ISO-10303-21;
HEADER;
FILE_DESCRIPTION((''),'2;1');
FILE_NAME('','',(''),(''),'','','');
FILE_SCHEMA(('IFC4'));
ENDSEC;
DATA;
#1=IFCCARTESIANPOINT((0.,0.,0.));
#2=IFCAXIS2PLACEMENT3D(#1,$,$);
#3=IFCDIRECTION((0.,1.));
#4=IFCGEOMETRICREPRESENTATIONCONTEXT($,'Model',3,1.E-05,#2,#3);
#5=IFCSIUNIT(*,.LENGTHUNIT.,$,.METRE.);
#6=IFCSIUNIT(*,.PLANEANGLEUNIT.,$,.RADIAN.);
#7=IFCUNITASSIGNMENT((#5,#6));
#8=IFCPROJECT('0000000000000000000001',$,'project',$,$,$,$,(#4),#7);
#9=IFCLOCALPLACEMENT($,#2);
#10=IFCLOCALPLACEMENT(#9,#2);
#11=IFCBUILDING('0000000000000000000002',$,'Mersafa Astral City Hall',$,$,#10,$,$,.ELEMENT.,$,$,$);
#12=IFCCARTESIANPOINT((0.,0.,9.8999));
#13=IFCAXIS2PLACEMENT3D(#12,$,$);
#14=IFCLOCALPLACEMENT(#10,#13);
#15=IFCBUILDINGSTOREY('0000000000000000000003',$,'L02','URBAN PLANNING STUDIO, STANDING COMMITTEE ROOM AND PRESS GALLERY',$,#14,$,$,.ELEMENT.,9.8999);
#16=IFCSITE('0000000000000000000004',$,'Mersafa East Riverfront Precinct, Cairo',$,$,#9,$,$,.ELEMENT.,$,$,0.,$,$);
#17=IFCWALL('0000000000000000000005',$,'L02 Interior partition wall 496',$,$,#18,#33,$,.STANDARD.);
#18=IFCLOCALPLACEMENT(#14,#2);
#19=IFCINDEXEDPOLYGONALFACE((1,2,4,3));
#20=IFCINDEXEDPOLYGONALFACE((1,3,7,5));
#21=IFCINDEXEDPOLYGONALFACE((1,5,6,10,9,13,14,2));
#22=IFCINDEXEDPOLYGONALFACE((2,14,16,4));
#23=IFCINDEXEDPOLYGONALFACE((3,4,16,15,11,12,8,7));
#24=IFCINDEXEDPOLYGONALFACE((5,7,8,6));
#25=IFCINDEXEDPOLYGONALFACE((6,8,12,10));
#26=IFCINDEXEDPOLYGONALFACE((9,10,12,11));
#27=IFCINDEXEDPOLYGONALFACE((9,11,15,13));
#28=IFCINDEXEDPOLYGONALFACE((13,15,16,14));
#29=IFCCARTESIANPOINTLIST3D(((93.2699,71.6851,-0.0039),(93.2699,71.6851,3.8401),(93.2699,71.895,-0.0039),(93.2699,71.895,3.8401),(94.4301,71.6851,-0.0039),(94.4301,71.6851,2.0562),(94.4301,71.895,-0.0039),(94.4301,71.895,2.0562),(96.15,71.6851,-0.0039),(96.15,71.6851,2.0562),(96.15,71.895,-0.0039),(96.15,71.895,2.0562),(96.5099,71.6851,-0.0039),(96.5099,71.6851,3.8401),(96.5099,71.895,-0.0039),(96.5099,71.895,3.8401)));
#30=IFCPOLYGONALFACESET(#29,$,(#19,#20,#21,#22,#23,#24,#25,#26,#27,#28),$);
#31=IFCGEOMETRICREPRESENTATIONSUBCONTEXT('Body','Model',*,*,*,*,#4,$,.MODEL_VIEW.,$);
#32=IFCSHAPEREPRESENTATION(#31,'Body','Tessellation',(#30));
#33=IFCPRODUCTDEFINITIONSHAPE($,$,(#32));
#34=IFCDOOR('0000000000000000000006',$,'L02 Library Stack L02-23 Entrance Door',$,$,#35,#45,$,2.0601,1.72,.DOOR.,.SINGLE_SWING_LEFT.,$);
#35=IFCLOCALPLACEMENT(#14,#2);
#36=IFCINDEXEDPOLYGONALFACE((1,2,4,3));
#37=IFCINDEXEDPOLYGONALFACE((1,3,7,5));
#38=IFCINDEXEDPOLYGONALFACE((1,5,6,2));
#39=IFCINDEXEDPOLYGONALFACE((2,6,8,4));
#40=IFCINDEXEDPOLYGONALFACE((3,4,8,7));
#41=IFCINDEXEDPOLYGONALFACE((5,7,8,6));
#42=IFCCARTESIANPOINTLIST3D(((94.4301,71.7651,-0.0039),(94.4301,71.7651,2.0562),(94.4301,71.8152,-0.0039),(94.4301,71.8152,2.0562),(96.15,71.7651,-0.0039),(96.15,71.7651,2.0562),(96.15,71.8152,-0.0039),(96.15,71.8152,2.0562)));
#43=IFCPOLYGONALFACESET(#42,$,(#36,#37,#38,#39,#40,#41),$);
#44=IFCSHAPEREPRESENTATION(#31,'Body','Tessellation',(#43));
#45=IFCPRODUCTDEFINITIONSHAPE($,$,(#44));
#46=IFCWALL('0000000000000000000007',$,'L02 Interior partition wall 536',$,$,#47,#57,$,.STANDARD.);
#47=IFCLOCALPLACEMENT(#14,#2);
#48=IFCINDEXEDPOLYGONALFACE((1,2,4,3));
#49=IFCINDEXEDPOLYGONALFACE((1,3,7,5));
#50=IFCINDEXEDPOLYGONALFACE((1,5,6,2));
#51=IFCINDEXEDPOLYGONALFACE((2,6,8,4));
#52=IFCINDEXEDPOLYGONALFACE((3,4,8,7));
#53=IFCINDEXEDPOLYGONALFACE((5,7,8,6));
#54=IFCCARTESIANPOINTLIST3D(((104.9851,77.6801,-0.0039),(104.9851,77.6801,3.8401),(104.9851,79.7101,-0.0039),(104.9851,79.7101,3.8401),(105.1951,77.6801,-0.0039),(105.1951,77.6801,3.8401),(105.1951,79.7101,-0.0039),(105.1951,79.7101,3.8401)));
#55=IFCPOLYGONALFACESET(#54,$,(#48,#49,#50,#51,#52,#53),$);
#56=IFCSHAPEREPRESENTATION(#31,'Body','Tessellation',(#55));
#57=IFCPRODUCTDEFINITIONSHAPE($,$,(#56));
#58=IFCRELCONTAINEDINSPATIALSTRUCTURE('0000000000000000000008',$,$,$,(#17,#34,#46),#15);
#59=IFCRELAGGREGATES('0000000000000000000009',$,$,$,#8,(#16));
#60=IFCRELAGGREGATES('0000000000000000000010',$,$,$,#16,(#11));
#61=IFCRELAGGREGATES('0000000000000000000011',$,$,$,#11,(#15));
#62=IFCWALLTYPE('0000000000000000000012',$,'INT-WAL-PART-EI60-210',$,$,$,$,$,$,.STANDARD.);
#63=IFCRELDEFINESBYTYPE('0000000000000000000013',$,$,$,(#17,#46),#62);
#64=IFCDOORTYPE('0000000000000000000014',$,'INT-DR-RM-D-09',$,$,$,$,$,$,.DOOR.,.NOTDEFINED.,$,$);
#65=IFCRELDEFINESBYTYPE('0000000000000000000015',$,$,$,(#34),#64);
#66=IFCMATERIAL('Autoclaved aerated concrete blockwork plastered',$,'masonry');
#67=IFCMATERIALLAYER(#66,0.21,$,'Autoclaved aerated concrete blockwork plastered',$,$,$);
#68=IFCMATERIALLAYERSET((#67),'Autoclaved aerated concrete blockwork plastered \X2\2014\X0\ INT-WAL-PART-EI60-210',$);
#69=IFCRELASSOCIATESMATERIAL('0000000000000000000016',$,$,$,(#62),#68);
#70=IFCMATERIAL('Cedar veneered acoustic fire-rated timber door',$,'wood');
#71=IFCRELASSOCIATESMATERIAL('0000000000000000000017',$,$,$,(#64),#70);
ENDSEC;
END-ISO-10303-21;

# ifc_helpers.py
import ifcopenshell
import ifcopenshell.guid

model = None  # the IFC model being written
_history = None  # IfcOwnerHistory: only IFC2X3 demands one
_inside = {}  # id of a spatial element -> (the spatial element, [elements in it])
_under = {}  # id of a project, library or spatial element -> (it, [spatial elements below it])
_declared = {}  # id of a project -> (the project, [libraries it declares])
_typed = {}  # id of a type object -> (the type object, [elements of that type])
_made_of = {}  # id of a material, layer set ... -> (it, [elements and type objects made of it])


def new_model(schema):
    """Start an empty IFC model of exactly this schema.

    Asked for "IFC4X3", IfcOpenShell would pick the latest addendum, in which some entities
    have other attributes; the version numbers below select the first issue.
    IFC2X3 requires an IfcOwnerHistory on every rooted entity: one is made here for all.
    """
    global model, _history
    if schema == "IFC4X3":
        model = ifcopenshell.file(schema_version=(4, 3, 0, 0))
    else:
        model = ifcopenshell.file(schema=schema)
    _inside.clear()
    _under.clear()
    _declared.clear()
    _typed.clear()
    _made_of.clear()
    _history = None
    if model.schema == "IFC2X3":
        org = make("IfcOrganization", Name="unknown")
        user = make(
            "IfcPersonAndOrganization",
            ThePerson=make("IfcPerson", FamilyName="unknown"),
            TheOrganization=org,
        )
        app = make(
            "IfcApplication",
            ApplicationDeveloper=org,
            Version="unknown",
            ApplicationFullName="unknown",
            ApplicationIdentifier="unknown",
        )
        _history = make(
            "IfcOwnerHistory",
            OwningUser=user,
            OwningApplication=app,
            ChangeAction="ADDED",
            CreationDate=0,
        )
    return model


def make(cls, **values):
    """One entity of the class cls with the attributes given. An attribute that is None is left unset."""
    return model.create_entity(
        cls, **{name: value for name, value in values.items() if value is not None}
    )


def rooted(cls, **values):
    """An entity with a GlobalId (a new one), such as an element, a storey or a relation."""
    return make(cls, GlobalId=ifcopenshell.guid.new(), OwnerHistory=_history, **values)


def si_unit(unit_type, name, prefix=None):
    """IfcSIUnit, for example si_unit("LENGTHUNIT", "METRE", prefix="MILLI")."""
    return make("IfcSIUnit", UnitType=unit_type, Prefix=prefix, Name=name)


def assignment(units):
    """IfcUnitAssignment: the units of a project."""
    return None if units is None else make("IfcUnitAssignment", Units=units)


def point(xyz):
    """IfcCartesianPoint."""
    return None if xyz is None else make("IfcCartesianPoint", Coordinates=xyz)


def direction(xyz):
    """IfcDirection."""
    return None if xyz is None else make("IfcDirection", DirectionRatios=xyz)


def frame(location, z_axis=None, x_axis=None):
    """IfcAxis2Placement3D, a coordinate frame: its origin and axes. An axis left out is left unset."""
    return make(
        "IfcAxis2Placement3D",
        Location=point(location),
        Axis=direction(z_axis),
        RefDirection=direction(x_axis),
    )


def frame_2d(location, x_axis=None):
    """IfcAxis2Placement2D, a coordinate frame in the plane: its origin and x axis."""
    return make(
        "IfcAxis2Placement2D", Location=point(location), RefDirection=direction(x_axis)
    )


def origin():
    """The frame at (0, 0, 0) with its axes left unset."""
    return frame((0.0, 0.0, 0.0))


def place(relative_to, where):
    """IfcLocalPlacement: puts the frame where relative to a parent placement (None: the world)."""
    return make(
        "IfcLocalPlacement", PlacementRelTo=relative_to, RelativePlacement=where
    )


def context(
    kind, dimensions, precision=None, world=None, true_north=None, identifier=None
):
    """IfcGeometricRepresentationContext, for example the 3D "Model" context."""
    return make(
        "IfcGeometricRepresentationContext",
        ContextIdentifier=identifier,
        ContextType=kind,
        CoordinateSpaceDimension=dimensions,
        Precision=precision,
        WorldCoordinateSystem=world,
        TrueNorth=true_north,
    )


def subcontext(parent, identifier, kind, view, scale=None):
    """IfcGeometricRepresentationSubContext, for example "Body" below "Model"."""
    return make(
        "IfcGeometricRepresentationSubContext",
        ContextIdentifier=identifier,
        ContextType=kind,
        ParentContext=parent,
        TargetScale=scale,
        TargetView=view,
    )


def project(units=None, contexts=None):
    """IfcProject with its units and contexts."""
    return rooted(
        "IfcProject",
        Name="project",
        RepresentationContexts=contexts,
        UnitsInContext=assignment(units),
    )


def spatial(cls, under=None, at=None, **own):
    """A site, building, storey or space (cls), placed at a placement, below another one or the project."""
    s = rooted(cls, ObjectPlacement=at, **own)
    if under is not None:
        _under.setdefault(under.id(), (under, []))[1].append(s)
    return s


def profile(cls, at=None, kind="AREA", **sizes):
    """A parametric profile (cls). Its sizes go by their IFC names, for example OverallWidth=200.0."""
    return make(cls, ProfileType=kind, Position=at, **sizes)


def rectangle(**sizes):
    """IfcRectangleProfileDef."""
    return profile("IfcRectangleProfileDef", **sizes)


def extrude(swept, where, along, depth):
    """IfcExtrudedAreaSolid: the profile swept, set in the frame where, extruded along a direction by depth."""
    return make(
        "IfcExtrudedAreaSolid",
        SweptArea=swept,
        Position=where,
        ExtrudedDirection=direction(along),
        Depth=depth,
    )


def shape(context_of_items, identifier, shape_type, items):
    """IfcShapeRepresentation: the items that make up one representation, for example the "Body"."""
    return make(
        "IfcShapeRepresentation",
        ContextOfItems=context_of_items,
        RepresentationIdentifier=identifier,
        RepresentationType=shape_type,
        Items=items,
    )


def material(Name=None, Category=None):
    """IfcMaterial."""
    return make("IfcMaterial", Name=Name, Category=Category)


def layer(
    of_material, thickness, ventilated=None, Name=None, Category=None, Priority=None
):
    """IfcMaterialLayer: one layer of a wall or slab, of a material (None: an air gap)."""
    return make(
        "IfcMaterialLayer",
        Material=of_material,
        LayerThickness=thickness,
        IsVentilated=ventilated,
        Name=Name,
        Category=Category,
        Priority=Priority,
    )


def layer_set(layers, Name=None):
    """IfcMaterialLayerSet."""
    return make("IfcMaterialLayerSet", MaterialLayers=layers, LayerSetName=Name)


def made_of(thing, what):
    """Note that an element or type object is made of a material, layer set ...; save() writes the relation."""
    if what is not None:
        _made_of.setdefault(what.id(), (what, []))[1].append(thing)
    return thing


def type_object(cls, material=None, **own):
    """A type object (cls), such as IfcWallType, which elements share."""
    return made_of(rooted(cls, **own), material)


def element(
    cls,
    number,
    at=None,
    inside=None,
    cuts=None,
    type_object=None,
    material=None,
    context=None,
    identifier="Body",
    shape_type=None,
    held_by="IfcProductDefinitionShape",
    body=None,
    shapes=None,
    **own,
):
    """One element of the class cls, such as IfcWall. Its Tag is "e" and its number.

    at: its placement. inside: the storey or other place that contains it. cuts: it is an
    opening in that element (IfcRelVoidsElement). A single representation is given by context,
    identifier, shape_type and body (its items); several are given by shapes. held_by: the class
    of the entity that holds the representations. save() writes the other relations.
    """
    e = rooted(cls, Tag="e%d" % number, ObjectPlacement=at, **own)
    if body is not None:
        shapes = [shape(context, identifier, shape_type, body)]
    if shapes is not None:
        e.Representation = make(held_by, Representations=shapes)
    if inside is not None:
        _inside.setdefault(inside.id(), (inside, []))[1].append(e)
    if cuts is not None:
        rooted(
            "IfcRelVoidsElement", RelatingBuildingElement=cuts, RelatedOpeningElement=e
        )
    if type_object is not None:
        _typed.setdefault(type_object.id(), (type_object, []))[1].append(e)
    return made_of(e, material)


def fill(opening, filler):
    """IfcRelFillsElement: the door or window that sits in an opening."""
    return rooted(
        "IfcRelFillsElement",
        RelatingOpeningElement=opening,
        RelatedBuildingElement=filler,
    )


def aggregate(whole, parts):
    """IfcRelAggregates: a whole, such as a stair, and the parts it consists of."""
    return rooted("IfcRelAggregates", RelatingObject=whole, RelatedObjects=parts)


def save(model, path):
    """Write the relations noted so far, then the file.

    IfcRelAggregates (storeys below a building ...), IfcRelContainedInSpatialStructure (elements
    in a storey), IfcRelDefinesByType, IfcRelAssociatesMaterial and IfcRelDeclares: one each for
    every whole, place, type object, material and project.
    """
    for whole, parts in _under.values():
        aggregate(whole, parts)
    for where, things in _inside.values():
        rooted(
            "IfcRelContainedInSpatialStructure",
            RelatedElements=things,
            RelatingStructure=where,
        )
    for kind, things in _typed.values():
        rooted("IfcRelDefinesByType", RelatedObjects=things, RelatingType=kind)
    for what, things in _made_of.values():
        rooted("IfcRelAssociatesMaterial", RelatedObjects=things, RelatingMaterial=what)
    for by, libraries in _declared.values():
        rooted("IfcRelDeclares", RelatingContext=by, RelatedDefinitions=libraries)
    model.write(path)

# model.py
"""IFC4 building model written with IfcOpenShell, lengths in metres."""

from ifc_helpers import new_model, si_unit, direction, frame, frame_2d, origin, place, context, subcontext, project, spatial, rectangle, extrude, material, layer, layer_set, type_object, element, fill, save


model = new_model("IFC4")

# Units and contexts
model_context = context("Model", 3, precision=1e-05, world=origin(), true_north=direction((0.0, 1.0)))
body_context = subcontext(model_context, "Body", "Model", "MODEL_VIEW")
ifc_project = project(units=[si_unit("LENGTHUNIT", "METRE"), si_unit("PLANEANGLEUNIT", "RADIAN")], contexts=[model_context])

# Site, building, storey
site_placement = place(None, origin())
site = spatial("IfcSite", under=ifc_project, at=site_placement, Name="Mersafa East Riverfront Precinct, Cairo", CompositionType="ELEMENT", RefElevation=0.0)
building_placement = place(site_placement, origin())
building = spatial("IfcBuilding", under=site, at=building_placement, Name="Mersafa Astral City Hall", CompositionType="ELEMENT")
storey_placement = place(building_placement, frame((0.0, 0.0, 9.8999)))
storey = spatial("IfcBuildingStorey", under=building, at=storey_placement, Name="L02", Description="URBAN PLANNING STUDIO, STANDING COMMITTEE ROOM AND PRESS GALLERY", CompositionType="ELEMENT", Elevation=9.8999)

# Shared definitions
ifc_material_1 = material(Name="Cedar veneered acoustic fire-rated timber door", Category="wood")

# Shared definitions
ifc_material_2 = material(Name="Autoclaved aerated concrete blockwork plastered", Category="masonry")
ifc_layer_1 = layer(ifc_material_2, 0.21, Name="Autoclaved aerated concrete blockwork plastered")
ifc_layer_set_1 = layer_set([ifc_layer_1], Name="Autoclaved aerated concrete blockwork plastered — INT-WAL-PART-EI60-210")
wall_type_1 = type_object("IfcWallType", Name="INT-WAL-PART-EI60-210", PredefinedType="STANDARD", material=ifc_layer_set_1)

# Wall, opening, door
wall_1_placement = place(storey_placement, frame((96.51, 71.79, -0.0039), z_axis=(0.0, 0.0, 1.0), x_axis=(-1.0, 0.0, 0.0)))
wall_1 = element("IfcWall", 1, at=wall_1_placement, inside=storey, type_object=wall_type_1, Name="L02 Interior partition wall 496", PredefinedType="STANDARD", context=body_context, shape_type="SweptSolid", body=[
    extrude(rectangle(XDim=3.24, YDim=0.21, at=frame_2d((1.6201, 0.0))), origin(), (0.0, 0.0, 1.0), 3.844),
])
opening_1_placement = place(wall_1_placement, frame((0.3601, 0.0, 0.0)))
opening_1 = element("IfcOpeningElement", 2, at=opening_1_placement, cuts=wall_1, PredefinedType="OPENING", context=body_context, shape_type="SweptSolid", body=[
    extrude(rectangle(XDim=1.72, YDim=2.0601, at=frame_2d((0.8599, 1.03))), frame((0.0, 0.115, 0.0), z_axis=(0.0, -1.0, 0.0), x_axis=(1.0, 0.0, 0.0)), (0.0, 0.0, 1.0), 0.23),
])
door_type_1 = type_object("IfcDoorType", Name="INT-DR-RM-D-09", OperationType="NOTDEFINED", PredefinedType="DOOR", material=ifc_material_1)
door_1_placement = place(opening_1_placement, origin())
door_1 = element("IfcDoor", 3, at=door_1_placement, inside=storey, type_object=door_type_1, Name="L02 Library Stack L02-23 Entrance Door", OperationType="SINGLE_SWING_LEFT", OverallHeight=2.0601, OverallWidth=1.72, PredefinedType="DOOR", context=body_context, shape_type="SweptSolid", body=[
    extrude(rectangle(XDim=1.72, YDim=2.0601, at=frame_2d((0.8599, 1.03))), frame((0.0, 0.0249, 0.0), z_axis=(0.0, -1.0, 0.0), x_axis=(1.0, 0.0, 0.0)), (0.0, 0.0, 1.0), 0.05),
])
fill(opening_1, door_1)

# Wall
wall_2_placement = place(storey_placement, frame((105.0901, 77.6799, -0.0039), z_axis=(0.0, 0.0, 1.0), x_axis=(0.0, 1.0, 0.0)))
element("IfcWall", 4, at=wall_2_placement, inside=storey, type_object=wall_type_1, Name="L02 Interior partition wall 536", PredefinedType="STANDARD", context=body_context, shape_type="SweptSolid", body=[
    extrude(rectangle(XDim=2.03, YDim=0.21, at=frame_2d((1.0151, 0.0))), origin(), (0.0, 0.0, 1.0), 3.844),
])

save(model, "model.ifc")
